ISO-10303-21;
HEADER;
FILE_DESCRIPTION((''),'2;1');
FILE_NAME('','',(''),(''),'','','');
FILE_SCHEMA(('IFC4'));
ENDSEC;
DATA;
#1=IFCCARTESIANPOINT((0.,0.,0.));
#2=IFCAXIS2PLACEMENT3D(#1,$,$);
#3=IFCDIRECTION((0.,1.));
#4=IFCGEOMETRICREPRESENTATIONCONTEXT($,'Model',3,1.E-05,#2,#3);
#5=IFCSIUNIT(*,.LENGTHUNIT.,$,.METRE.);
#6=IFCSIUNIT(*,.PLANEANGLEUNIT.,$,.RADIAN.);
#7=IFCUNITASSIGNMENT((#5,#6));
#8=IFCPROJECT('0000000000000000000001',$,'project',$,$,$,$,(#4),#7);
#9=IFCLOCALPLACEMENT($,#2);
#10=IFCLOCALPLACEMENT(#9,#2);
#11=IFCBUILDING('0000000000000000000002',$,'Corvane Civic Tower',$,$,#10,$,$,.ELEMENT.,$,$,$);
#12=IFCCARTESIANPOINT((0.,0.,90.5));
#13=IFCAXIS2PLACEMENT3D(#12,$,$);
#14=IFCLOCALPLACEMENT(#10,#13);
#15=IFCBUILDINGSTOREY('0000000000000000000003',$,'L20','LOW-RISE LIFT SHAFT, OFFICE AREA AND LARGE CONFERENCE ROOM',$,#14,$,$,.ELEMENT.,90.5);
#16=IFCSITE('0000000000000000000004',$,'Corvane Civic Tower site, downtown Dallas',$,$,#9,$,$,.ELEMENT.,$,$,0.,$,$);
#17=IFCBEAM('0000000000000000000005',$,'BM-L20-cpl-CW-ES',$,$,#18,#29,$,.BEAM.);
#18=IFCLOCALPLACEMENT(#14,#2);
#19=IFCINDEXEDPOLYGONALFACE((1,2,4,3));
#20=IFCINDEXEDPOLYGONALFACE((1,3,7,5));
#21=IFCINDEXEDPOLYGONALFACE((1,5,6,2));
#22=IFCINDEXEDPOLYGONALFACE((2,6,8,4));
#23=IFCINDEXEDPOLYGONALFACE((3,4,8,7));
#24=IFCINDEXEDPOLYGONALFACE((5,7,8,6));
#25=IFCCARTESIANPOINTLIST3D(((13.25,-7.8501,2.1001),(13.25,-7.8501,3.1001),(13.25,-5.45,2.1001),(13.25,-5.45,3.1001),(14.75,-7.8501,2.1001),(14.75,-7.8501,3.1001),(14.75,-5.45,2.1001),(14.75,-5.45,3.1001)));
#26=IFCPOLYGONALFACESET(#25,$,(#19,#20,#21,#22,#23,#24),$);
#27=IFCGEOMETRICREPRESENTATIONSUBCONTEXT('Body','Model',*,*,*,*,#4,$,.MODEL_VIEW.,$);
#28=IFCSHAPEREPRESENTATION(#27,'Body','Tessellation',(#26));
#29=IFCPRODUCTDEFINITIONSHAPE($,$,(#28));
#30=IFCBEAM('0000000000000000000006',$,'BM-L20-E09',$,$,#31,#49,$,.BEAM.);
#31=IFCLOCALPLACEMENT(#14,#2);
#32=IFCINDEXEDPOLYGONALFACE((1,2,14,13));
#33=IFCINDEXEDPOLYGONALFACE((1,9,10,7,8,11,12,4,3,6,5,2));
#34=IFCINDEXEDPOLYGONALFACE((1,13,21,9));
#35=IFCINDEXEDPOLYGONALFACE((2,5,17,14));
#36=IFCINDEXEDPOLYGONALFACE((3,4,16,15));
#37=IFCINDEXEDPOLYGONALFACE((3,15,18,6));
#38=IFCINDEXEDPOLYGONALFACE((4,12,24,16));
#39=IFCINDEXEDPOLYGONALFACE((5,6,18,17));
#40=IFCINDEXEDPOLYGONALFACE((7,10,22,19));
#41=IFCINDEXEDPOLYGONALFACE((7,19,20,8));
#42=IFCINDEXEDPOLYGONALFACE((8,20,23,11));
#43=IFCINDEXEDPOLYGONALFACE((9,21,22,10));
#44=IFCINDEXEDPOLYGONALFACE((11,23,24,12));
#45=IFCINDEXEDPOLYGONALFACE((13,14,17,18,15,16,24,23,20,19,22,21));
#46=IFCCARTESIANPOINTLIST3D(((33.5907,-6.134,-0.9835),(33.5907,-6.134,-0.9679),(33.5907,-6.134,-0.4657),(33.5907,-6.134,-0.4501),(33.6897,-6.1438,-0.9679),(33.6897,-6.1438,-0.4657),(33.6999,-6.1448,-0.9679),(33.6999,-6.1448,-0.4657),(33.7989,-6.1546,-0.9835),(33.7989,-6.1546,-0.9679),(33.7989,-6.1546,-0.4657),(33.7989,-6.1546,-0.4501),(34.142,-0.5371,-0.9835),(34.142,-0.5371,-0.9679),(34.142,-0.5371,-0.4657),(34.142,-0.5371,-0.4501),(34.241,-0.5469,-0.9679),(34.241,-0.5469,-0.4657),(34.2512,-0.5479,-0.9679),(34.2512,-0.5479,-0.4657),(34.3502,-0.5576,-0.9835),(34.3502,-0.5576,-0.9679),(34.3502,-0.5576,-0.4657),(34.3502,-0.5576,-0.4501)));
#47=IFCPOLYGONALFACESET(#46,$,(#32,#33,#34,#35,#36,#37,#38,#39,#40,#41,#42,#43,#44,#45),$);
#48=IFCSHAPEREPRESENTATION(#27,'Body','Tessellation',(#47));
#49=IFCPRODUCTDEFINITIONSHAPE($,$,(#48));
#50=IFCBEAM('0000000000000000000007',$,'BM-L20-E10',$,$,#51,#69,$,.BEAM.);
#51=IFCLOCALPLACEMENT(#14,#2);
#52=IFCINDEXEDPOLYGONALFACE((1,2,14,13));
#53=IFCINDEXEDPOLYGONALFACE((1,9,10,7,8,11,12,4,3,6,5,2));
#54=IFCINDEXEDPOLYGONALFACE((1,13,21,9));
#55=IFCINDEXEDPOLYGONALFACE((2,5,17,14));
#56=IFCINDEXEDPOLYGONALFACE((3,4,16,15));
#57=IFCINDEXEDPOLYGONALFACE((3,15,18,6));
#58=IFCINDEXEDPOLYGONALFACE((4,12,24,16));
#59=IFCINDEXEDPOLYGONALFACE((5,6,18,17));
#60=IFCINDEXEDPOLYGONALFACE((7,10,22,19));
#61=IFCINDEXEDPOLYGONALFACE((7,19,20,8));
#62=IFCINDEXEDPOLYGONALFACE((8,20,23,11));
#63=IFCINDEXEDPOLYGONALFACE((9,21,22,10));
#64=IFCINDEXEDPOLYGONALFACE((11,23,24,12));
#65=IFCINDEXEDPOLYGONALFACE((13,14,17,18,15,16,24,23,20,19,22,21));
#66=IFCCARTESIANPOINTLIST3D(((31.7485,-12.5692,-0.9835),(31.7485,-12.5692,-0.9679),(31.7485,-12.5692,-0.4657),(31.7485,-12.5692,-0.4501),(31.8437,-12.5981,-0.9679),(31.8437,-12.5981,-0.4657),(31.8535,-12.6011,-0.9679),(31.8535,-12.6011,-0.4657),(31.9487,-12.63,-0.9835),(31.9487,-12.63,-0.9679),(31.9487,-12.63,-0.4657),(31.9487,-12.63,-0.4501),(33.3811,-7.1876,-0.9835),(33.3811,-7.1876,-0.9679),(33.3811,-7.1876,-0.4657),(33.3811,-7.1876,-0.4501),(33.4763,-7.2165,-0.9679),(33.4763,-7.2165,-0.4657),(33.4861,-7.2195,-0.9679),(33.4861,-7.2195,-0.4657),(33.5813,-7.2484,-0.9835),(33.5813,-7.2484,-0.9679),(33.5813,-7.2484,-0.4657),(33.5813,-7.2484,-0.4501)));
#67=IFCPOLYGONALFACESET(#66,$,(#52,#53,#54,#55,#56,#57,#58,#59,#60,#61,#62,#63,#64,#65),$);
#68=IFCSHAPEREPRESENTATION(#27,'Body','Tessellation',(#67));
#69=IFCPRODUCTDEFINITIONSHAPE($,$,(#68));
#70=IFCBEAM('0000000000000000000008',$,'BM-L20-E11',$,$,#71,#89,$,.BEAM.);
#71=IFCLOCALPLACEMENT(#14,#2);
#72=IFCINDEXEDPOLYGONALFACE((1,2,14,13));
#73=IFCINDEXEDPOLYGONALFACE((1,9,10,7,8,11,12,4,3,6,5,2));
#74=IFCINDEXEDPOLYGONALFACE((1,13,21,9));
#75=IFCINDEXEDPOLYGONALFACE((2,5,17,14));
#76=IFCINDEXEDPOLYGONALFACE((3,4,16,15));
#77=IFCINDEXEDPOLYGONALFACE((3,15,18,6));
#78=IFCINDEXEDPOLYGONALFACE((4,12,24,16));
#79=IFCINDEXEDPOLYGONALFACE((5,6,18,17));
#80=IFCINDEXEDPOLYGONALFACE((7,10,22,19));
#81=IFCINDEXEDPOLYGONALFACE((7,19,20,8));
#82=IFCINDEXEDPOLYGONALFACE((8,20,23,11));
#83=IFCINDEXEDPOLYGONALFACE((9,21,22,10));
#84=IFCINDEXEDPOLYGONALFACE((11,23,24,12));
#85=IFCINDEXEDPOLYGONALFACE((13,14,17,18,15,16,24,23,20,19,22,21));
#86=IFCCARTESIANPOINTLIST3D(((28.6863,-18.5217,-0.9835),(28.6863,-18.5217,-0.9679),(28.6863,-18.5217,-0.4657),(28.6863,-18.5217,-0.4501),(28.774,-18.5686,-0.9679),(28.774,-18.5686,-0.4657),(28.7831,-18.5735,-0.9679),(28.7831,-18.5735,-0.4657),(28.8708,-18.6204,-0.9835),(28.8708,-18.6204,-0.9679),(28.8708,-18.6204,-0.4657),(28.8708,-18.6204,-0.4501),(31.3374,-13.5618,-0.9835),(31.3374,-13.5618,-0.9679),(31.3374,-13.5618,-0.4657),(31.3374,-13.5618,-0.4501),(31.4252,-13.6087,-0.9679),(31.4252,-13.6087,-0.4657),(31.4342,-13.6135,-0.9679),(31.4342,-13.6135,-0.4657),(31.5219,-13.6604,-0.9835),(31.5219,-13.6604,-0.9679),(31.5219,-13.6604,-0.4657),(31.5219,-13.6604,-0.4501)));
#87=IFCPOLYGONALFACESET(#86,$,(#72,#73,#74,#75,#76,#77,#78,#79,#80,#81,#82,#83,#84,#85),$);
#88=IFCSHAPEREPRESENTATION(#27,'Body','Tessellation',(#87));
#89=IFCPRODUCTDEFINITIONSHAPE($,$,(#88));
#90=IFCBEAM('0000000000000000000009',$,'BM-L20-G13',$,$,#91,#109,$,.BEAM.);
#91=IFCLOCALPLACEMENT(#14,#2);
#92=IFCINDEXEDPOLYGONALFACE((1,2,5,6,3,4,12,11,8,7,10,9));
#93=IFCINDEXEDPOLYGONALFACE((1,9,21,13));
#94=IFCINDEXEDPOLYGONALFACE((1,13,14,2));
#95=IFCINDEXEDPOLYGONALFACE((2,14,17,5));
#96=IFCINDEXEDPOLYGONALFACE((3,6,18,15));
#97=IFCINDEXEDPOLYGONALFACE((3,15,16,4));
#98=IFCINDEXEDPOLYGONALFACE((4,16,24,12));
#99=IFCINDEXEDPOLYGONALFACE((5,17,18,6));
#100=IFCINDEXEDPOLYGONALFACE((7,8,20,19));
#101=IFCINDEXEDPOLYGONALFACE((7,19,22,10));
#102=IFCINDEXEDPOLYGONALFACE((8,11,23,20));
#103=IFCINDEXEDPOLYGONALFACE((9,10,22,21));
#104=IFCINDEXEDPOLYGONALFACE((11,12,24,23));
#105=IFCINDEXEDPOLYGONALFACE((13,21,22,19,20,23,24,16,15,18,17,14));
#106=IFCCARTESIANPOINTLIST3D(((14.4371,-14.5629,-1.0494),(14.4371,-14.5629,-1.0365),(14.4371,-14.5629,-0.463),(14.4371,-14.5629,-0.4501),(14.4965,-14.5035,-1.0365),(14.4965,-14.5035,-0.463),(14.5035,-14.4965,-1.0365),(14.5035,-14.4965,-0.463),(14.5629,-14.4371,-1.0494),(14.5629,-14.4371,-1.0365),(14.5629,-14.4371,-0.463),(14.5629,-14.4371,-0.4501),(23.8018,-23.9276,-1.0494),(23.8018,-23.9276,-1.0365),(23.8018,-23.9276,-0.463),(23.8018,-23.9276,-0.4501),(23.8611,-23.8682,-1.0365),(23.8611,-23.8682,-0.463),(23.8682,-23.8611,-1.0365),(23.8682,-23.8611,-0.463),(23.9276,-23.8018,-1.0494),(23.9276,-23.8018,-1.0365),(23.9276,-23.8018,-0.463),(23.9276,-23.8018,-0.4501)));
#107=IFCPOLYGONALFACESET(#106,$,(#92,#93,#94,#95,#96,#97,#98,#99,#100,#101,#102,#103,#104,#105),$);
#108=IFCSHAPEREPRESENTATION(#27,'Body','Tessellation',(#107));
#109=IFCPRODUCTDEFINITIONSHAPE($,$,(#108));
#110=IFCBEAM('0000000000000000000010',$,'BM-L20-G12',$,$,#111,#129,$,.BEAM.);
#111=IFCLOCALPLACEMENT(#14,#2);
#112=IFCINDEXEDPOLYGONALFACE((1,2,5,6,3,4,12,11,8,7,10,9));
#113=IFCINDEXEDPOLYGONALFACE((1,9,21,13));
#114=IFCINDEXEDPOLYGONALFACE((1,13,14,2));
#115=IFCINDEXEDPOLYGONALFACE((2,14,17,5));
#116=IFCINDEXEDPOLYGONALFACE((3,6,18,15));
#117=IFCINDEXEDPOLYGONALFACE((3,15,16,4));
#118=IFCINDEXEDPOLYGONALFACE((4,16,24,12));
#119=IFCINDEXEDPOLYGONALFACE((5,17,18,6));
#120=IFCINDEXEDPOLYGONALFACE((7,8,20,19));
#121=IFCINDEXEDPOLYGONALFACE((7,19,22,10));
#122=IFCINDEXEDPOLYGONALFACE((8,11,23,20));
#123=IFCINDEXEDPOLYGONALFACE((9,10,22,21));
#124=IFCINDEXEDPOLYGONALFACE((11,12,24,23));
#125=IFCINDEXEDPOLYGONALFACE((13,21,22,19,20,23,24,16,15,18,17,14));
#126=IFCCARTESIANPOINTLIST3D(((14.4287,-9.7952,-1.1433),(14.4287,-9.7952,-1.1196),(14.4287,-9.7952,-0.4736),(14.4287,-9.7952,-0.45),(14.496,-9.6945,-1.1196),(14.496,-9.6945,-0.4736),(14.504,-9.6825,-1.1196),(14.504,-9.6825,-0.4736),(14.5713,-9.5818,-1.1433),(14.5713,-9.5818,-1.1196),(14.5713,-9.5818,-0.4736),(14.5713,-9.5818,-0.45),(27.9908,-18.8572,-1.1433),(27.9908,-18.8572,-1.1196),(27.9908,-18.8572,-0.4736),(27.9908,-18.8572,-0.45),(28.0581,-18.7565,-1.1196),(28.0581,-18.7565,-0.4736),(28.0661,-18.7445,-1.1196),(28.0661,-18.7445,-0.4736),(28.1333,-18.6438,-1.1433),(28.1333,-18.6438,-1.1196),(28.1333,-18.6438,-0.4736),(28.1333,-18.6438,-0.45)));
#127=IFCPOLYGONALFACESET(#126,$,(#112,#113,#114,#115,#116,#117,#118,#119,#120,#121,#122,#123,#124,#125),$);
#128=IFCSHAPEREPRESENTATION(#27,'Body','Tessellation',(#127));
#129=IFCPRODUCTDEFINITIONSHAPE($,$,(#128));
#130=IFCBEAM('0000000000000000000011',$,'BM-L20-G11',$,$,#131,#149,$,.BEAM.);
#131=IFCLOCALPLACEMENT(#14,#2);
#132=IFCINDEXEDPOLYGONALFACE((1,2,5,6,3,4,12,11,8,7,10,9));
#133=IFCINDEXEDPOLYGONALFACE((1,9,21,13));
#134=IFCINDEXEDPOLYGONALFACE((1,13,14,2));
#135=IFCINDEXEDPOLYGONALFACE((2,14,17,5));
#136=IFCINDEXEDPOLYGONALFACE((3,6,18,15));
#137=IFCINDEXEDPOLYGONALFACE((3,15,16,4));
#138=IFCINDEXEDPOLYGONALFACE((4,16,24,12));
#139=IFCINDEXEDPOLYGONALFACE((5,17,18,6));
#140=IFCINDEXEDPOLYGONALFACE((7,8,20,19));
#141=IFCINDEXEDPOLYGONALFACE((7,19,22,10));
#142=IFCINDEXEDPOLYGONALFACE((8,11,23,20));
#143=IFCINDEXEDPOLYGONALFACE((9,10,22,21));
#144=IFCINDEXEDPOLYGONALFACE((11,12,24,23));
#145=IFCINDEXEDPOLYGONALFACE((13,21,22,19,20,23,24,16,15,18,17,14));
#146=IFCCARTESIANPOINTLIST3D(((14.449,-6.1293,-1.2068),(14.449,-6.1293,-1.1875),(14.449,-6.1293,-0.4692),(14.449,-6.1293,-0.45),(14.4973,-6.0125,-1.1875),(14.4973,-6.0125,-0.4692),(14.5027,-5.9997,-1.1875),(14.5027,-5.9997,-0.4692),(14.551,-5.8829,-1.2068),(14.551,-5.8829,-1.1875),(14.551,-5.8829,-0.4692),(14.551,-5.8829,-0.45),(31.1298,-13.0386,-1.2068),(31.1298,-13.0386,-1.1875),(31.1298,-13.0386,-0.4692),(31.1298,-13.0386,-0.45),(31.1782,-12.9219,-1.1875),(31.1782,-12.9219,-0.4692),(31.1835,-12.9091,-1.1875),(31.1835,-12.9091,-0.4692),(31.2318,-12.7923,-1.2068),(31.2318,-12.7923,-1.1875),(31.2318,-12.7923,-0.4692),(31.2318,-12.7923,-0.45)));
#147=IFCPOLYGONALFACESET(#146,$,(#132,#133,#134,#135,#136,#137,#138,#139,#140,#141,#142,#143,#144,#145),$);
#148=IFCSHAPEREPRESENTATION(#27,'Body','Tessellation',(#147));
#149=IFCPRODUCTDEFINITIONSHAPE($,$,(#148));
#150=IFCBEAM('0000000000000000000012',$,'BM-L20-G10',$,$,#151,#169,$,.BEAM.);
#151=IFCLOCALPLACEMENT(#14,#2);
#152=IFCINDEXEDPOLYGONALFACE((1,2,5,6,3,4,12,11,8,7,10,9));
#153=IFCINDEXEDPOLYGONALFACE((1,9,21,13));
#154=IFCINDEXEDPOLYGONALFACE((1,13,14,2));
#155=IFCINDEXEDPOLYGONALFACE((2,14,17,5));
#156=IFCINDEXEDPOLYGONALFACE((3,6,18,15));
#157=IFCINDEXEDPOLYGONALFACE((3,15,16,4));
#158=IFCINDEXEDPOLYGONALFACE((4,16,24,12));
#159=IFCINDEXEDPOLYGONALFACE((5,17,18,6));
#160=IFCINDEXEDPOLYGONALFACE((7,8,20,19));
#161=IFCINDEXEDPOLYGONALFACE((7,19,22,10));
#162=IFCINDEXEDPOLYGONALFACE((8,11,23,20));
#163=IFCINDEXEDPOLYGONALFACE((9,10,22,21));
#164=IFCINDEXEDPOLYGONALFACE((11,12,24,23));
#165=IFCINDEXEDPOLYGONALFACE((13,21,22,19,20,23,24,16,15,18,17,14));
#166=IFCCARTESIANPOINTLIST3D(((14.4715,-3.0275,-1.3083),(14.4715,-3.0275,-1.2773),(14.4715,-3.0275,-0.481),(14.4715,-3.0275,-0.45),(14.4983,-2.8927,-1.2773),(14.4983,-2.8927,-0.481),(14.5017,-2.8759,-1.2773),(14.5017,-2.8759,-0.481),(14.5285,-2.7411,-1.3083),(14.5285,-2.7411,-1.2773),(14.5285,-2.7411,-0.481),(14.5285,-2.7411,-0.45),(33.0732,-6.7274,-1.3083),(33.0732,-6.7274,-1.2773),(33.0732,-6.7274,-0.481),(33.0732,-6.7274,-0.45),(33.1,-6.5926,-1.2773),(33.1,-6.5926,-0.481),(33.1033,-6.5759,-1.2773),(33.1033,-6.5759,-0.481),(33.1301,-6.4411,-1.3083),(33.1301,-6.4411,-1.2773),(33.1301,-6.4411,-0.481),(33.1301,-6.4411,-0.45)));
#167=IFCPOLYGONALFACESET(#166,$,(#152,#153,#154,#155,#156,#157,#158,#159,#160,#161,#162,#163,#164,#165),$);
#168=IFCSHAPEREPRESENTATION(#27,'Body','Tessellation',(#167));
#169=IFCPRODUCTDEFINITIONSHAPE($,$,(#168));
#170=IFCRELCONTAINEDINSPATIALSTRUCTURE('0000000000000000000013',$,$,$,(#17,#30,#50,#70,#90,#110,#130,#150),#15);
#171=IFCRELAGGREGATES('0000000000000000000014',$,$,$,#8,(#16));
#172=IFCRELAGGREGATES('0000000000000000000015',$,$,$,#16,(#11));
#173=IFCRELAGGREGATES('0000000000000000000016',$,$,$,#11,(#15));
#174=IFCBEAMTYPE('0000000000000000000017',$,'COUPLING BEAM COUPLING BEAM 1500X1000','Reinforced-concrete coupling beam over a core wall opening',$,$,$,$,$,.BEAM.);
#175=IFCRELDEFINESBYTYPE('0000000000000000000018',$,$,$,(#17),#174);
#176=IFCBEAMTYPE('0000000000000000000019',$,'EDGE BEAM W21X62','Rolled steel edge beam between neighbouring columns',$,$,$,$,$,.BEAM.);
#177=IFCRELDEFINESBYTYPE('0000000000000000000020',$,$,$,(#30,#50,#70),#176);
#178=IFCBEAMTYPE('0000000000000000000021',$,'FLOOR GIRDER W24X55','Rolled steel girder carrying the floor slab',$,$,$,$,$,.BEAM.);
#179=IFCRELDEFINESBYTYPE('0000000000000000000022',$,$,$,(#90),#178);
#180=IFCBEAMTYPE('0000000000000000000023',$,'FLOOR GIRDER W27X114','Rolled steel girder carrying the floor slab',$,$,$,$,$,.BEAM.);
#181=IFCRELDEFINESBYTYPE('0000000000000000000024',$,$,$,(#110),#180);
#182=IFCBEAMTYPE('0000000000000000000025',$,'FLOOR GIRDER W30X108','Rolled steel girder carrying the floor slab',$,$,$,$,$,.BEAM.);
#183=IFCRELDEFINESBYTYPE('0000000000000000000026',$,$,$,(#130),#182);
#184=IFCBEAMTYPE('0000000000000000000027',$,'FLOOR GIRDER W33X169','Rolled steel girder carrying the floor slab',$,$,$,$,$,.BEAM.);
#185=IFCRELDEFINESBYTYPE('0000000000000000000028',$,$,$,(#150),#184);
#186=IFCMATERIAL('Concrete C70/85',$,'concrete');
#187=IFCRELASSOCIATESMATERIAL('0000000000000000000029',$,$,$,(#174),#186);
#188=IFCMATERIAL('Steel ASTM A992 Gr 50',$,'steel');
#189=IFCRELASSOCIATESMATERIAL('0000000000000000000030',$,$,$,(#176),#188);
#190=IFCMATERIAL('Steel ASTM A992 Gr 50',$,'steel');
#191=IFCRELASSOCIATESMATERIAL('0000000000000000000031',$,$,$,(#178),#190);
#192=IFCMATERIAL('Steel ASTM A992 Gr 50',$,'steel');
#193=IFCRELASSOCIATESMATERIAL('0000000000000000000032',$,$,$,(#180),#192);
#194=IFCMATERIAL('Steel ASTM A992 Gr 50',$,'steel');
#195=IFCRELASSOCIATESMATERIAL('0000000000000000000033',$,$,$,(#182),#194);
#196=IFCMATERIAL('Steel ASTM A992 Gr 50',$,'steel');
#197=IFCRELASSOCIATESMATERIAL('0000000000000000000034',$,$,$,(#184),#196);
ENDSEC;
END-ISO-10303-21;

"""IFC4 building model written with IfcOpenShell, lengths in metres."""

from ifc_helpers import new_model, si_unit, direction, frame, origin, origin_2d, place, context, subcontext, project, spatial, rectangle, i_section, extrude, material, material_profile, profile_set, type_object, element, save


model = new_model("IFC4")

# Units and contexts
model_context = context("Model", 3, precision=1e-05, world=origin(), true_north=direction((0.0, 1.0)))
body_context = subcontext(model_context, "Body", "Model", "MODEL_VIEW")
ifc_project = project(units=[si_unit("LENGTHUNIT", "METRE"), si_unit("PLANEANGLEUNIT", "RADIAN")], contexts=[model_context])

# Site, building, storey
site_placement = place(None, origin())
site = spatial("IfcSite", under=ifc_project, at=site_placement, Name="Corvane Civic Tower site, downtown Dallas", CompositionType="ELEMENT", RefElevation=0.0)
building_placement = place(site_placement, origin())
building = spatial("IfcBuilding", under=site, at=building_placement, Name="Corvane Civic Tower", CompositionType="ELEMENT")
storey_placement = place(building_placement, frame((0.0, 0.0, 90.5)))
storey = spatial("IfcBuildingStorey", under=building, at=storey_placement, Name="L20", Description="LOW-RISE LIFT SHAFT, OFFICE AREA AND LARGE CONFERENCE ROOM", CompositionType="ELEMENT", Elevation=90.5)

# Beams
ifc_material_1 = material(Name="Concrete C70/85", Category="concrete")
ifc_material_profile_1 = material_profile(ifc_material_1, rectangle(XDim=1.5, YDim=1.0, at=origin_2d()), Name="COUPLING BEAM 1500X1000")
ifc_profile_set_1 = profile_set([ifc_material_profile_1], Name="Concrete C70/85")
beam_type_1 = type_object("IfcBeamType", Name="COUPLING BEAM COUPLING BEAM 1500X1000", Description="Reinforced-concrete coupling beam over a core wall opening", PredefinedType="BEAM", material=ifc_profile_set_1)
beam_1_placement = place(storey_placement, frame((14.0, -7.8501, 2.6001), z_axis=(0.0, 1.0, 0.0), x_axis=(-1.0, 0.0, 0.0)))
element("IfcBeam", 1, at=beam_1_placement, inside=storey, type_object=beam_type_1, Name="BM-L20-cpl-CW-ES", PredefinedType="BEAM", context=body_context, shape_type="SweptSolid", body=[
    extrude(rectangle(XDim=1.5, YDim=1.0, at=origin_2d()), origin(), (0.0, 0.0, 1.0), 2.4001),
])
ifc_material_2 = material(Name="Steel ASTM A992 Gr 50", Category="steel")
ifc_material_profile_2 = material_profile(ifc_material_2, i_section(OverallWidth=0.2092, OverallDepth=0.5334, WebThickness=0.0103, FlangeThickness=0.0156, at=origin_2d()), Name="W21X62")
ifc_profile_set_2 = profile_set([ifc_material_profile_2], Name="Steel ASTM A992 Gr 50")
beam_type_2 = type_object("IfcBeamType", Name="EDGE BEAM W21X62", Description="Rolled steel edge beam between neighbouring columns", PredefinedType="BEAM", material=ifc_profile_set_2)
beam_2_placement = place(storey_placement, frame((34.2461, -0.5474, -0.7168), z_axis=(-0.098021, -0.995184, 0.0), x_axis=(0.995184, -0.098021, 0.0)))
element("IfcBeam", 2, at=beam_2_placement, inside=storey, type_object=beam_type_2, Name="BM-L20-E09", PredefinedType="BEAM", context=body_context, shape_type="SweptSolid", body=[
    extrude(i_section(OverallWidth=0.2092, OverallDepth=0.5334, WebThickness=0.0103, FlangeThickness=0.0156, at=origin_2d()), origin(), (0.0, 0.0, 1.0), 5.624),
])
beam_3_placement = place(storey_placement, frame((33.4812, -7.218, -0.7168), z_axis=(-0.290298, -0.956936, 0.0), x_axis=(0.956936, -0.290298, 0.0)))
element("IfcBeam", 3, at=beam_3_placement, inside=storey, type_object=beam_type_2, Name="BM-L20-E10", PredefinedType="BEAM", context=body_context, shape_type="SweptSolid", body=[
    extrude(i_section(OverallWidth=0.2092, OverallDepth=0.5334, WebThickness=0.0103, FlangeThickness=0.0156, at=origin_2d()), origin(), (0.0, 0.0, 1.0), 5.6238),
])
beam_4_placement = place(storey_placement, frame((31.4297, -13.6111, -0.7168), z_axis=(-0.471392, -0.881924, 0.0), x_axis=(0.881924, -0.471392, 0.0)))
element("IfcBeam", 4, at=beam_4_placement, inside=storey, type_object=beam_type_2, Name="BM-L20-E11", PredefinedType="BEAM", context=body_context, shape_type="SweptSolid", body=[
    extrude(i_section(OverallWidth=0.2092, OverallDepth=0.5334, WebThickness=0.0103, FlangeThickness=0.0156, at=origin_2d()), origin(), (0.0, 0.0, 1.0), 5.624),
])
ifc_material_3 = material(Name="Steel ASTM A992 Gr 50", Category="steel")
ifc_material_profile_3 = material_profile(ifc_material_3, i_section(OverallWidth=0.178, OverallDepth=0.5994, WebThickness=0.01, FlangeThickness=0.0129, at=origin_2d()), Name="W24X55")
ifc_profile_set_3 = profile_set([ifc_material_profile_3], Name="Steel ASTM A992 Gr 50")
beam_type_3 = type_object("IfcBeamType", Name="FLOOR GIRDER W24X55", Description="Rolled steel girder carrying the floor slab", PredefinedType="BEAM", material=ifc_profile_set_3)
beam_5_placement = place(storey_placement, frame((14.5, -14.5, -0.7498), z_axis=(0.707107, -0.707107, 0.0), x_axis=(0.707107, 0.707107, 0.0)))
element("IfcBeam", 5, at=beam_5_placement, inside=storey, type_object=beam_type_3, Name="BM-L20-G13", PredefinedType="BEAM", context=body_context, shape_type="SweptSolid", body=[
    extrude(i_section(OverallWidth=0.178, OverallDepth=0.5994, WebThickness=0.01, FlangeThickness=0.0129, at=origin_2d()), origin(), (0.0, 0.0, 1.0), 13.2437),
])
ifc_material_4 = material(Name="Steel ASTM A992 Gr 50", Category="steel")
ifc_material_profile_4 = material_profile(ifc_material_4, i_section(OverallWidth=0.2566, OverallDepth=0.6934, WebThickness=0.0144, FlangeThickness=0.0237, at=origin_2d()), Name="W27X114")
ifc_profile_set_4 = profile_set([ifc_material_profile_4], Name="Steel ASTM A992 Gr 50")
beam_type_4 = type_object("IfcBeamType", Name="FLOOR GIRDER W27X114", Description="Rolled steel girder carrying the floor slab", PredefinedType="BEAM", material=ifc_profile_set_4)
beam_6_placement = place(storey_placement, frame((14.5, -9.6885, -0.7966), z_axis=(0.831465, -0.555577, 0.0), x_axis=(0.555577, 0.831465, 0.0)))
element("IfcBeam", 6, at=beam_6_placement, inside=storey, type_object=beam_type_4, Name="BM-L20-G12", PredefinedType="BEAM", context=body_context, shape_type="SweptSolid", body=[
    extrude(i_section(OverallWidth=0.2566, OverallDepth=0.6934, WebThickness=0.0144, FlangeThickness=0.0237, at=origin_2d()), origin(), (0.0, 0.0, 1.0), 16.311),
])
ifc_material_5 = material(Name="Steel ASTM A992 Gr 50", Category="steel")
ifc_material_profile_5 = material_profile(ifc_material_5, i_section(OverallWidth=0.2666, OverallDepth=0.7568, WebThickness=0.0139, FlangeThickness=0.0193, at=origin_2d()), Name="W30X108")
ifc_profile_set_5 = profile_set([ifc_material_profile_5], Name="Steel ASTM A992 Gr 50")
beam_type_5 = type_object("IfcBeamType", Name="FLOOR GIRDER W30X108", Description="Rolled steel girder carrying the floor slab", PredefinedType="BEAM", material=ifc_profile_set_5)
beam_7_placement = place(storey_placement, frame((14.5, -6.0061, -0.8284), z_axis=(0.92388, -0.382682, 0.0), x_axis=(0.382682, 0.92388, 0.0)))
element("IfcBeam", 7, at=beam_7_placement, inside=storey, type_object=beam_type_5, Name="BM-L20-G11", PredefinedType="BEAM", context=body_context, shape_type="SweptSolid", body=[
    extrude(i_section(OverallWidth=0.2666, OverallDepth=0.7568, WebThickness=0.0139, FlangeThickness=0.0193, at=origin_2d()), origin(), (0.0, 0.0, 1.0), 18.0552),
])
ifc_material_6 = material(Name="Steel ASTM A992 Gr 50", Category="steel")
ifc_material_profile_6 = material_profile(ifc_material_6, i_section(OverallWidth=0.292, OverallDepth=0.8584, WebThickness=0.0171, FlangeThickness=0.031, at=origin_2d()), Name="W33X169")
ifc_profile_set_6 = profile_set([ifc_material_profile_6], Name="Steel ASTM A992 Gr 50")
beam_type_6 = type_object("IfcBeamType", Name="FLOOR GIRDER W33X169", Description="Rolled steel girder carrying the floor slab", PredefinedType="BEAM", material=ifc_profile_set_6)
beam_8_placement = place(storey_placement, frame((14.5, -2.8843, -0.8792), z_axis=(0.980787, -0.195084, 0.0), x_axis=(0.195084, 0.980787, 0.0)))
element("IfcBeam", 8, at=beam_8_placement, inside=storey, type_object=beam_type_6, Name="BM-L20-G10", PredefinedType="BEAM", context=body_context, shape_type="SweptSolid", body=[
    extrude(i_section(OverallWidth=0.292, OverallDepth=0.8584, WebThickness=0.0171, FlangeThickness=0.031, at=origin_2d()), origin(), (0.0, 0.0, 1.0), 18.9661),
])

save(model, "model.ifc")
